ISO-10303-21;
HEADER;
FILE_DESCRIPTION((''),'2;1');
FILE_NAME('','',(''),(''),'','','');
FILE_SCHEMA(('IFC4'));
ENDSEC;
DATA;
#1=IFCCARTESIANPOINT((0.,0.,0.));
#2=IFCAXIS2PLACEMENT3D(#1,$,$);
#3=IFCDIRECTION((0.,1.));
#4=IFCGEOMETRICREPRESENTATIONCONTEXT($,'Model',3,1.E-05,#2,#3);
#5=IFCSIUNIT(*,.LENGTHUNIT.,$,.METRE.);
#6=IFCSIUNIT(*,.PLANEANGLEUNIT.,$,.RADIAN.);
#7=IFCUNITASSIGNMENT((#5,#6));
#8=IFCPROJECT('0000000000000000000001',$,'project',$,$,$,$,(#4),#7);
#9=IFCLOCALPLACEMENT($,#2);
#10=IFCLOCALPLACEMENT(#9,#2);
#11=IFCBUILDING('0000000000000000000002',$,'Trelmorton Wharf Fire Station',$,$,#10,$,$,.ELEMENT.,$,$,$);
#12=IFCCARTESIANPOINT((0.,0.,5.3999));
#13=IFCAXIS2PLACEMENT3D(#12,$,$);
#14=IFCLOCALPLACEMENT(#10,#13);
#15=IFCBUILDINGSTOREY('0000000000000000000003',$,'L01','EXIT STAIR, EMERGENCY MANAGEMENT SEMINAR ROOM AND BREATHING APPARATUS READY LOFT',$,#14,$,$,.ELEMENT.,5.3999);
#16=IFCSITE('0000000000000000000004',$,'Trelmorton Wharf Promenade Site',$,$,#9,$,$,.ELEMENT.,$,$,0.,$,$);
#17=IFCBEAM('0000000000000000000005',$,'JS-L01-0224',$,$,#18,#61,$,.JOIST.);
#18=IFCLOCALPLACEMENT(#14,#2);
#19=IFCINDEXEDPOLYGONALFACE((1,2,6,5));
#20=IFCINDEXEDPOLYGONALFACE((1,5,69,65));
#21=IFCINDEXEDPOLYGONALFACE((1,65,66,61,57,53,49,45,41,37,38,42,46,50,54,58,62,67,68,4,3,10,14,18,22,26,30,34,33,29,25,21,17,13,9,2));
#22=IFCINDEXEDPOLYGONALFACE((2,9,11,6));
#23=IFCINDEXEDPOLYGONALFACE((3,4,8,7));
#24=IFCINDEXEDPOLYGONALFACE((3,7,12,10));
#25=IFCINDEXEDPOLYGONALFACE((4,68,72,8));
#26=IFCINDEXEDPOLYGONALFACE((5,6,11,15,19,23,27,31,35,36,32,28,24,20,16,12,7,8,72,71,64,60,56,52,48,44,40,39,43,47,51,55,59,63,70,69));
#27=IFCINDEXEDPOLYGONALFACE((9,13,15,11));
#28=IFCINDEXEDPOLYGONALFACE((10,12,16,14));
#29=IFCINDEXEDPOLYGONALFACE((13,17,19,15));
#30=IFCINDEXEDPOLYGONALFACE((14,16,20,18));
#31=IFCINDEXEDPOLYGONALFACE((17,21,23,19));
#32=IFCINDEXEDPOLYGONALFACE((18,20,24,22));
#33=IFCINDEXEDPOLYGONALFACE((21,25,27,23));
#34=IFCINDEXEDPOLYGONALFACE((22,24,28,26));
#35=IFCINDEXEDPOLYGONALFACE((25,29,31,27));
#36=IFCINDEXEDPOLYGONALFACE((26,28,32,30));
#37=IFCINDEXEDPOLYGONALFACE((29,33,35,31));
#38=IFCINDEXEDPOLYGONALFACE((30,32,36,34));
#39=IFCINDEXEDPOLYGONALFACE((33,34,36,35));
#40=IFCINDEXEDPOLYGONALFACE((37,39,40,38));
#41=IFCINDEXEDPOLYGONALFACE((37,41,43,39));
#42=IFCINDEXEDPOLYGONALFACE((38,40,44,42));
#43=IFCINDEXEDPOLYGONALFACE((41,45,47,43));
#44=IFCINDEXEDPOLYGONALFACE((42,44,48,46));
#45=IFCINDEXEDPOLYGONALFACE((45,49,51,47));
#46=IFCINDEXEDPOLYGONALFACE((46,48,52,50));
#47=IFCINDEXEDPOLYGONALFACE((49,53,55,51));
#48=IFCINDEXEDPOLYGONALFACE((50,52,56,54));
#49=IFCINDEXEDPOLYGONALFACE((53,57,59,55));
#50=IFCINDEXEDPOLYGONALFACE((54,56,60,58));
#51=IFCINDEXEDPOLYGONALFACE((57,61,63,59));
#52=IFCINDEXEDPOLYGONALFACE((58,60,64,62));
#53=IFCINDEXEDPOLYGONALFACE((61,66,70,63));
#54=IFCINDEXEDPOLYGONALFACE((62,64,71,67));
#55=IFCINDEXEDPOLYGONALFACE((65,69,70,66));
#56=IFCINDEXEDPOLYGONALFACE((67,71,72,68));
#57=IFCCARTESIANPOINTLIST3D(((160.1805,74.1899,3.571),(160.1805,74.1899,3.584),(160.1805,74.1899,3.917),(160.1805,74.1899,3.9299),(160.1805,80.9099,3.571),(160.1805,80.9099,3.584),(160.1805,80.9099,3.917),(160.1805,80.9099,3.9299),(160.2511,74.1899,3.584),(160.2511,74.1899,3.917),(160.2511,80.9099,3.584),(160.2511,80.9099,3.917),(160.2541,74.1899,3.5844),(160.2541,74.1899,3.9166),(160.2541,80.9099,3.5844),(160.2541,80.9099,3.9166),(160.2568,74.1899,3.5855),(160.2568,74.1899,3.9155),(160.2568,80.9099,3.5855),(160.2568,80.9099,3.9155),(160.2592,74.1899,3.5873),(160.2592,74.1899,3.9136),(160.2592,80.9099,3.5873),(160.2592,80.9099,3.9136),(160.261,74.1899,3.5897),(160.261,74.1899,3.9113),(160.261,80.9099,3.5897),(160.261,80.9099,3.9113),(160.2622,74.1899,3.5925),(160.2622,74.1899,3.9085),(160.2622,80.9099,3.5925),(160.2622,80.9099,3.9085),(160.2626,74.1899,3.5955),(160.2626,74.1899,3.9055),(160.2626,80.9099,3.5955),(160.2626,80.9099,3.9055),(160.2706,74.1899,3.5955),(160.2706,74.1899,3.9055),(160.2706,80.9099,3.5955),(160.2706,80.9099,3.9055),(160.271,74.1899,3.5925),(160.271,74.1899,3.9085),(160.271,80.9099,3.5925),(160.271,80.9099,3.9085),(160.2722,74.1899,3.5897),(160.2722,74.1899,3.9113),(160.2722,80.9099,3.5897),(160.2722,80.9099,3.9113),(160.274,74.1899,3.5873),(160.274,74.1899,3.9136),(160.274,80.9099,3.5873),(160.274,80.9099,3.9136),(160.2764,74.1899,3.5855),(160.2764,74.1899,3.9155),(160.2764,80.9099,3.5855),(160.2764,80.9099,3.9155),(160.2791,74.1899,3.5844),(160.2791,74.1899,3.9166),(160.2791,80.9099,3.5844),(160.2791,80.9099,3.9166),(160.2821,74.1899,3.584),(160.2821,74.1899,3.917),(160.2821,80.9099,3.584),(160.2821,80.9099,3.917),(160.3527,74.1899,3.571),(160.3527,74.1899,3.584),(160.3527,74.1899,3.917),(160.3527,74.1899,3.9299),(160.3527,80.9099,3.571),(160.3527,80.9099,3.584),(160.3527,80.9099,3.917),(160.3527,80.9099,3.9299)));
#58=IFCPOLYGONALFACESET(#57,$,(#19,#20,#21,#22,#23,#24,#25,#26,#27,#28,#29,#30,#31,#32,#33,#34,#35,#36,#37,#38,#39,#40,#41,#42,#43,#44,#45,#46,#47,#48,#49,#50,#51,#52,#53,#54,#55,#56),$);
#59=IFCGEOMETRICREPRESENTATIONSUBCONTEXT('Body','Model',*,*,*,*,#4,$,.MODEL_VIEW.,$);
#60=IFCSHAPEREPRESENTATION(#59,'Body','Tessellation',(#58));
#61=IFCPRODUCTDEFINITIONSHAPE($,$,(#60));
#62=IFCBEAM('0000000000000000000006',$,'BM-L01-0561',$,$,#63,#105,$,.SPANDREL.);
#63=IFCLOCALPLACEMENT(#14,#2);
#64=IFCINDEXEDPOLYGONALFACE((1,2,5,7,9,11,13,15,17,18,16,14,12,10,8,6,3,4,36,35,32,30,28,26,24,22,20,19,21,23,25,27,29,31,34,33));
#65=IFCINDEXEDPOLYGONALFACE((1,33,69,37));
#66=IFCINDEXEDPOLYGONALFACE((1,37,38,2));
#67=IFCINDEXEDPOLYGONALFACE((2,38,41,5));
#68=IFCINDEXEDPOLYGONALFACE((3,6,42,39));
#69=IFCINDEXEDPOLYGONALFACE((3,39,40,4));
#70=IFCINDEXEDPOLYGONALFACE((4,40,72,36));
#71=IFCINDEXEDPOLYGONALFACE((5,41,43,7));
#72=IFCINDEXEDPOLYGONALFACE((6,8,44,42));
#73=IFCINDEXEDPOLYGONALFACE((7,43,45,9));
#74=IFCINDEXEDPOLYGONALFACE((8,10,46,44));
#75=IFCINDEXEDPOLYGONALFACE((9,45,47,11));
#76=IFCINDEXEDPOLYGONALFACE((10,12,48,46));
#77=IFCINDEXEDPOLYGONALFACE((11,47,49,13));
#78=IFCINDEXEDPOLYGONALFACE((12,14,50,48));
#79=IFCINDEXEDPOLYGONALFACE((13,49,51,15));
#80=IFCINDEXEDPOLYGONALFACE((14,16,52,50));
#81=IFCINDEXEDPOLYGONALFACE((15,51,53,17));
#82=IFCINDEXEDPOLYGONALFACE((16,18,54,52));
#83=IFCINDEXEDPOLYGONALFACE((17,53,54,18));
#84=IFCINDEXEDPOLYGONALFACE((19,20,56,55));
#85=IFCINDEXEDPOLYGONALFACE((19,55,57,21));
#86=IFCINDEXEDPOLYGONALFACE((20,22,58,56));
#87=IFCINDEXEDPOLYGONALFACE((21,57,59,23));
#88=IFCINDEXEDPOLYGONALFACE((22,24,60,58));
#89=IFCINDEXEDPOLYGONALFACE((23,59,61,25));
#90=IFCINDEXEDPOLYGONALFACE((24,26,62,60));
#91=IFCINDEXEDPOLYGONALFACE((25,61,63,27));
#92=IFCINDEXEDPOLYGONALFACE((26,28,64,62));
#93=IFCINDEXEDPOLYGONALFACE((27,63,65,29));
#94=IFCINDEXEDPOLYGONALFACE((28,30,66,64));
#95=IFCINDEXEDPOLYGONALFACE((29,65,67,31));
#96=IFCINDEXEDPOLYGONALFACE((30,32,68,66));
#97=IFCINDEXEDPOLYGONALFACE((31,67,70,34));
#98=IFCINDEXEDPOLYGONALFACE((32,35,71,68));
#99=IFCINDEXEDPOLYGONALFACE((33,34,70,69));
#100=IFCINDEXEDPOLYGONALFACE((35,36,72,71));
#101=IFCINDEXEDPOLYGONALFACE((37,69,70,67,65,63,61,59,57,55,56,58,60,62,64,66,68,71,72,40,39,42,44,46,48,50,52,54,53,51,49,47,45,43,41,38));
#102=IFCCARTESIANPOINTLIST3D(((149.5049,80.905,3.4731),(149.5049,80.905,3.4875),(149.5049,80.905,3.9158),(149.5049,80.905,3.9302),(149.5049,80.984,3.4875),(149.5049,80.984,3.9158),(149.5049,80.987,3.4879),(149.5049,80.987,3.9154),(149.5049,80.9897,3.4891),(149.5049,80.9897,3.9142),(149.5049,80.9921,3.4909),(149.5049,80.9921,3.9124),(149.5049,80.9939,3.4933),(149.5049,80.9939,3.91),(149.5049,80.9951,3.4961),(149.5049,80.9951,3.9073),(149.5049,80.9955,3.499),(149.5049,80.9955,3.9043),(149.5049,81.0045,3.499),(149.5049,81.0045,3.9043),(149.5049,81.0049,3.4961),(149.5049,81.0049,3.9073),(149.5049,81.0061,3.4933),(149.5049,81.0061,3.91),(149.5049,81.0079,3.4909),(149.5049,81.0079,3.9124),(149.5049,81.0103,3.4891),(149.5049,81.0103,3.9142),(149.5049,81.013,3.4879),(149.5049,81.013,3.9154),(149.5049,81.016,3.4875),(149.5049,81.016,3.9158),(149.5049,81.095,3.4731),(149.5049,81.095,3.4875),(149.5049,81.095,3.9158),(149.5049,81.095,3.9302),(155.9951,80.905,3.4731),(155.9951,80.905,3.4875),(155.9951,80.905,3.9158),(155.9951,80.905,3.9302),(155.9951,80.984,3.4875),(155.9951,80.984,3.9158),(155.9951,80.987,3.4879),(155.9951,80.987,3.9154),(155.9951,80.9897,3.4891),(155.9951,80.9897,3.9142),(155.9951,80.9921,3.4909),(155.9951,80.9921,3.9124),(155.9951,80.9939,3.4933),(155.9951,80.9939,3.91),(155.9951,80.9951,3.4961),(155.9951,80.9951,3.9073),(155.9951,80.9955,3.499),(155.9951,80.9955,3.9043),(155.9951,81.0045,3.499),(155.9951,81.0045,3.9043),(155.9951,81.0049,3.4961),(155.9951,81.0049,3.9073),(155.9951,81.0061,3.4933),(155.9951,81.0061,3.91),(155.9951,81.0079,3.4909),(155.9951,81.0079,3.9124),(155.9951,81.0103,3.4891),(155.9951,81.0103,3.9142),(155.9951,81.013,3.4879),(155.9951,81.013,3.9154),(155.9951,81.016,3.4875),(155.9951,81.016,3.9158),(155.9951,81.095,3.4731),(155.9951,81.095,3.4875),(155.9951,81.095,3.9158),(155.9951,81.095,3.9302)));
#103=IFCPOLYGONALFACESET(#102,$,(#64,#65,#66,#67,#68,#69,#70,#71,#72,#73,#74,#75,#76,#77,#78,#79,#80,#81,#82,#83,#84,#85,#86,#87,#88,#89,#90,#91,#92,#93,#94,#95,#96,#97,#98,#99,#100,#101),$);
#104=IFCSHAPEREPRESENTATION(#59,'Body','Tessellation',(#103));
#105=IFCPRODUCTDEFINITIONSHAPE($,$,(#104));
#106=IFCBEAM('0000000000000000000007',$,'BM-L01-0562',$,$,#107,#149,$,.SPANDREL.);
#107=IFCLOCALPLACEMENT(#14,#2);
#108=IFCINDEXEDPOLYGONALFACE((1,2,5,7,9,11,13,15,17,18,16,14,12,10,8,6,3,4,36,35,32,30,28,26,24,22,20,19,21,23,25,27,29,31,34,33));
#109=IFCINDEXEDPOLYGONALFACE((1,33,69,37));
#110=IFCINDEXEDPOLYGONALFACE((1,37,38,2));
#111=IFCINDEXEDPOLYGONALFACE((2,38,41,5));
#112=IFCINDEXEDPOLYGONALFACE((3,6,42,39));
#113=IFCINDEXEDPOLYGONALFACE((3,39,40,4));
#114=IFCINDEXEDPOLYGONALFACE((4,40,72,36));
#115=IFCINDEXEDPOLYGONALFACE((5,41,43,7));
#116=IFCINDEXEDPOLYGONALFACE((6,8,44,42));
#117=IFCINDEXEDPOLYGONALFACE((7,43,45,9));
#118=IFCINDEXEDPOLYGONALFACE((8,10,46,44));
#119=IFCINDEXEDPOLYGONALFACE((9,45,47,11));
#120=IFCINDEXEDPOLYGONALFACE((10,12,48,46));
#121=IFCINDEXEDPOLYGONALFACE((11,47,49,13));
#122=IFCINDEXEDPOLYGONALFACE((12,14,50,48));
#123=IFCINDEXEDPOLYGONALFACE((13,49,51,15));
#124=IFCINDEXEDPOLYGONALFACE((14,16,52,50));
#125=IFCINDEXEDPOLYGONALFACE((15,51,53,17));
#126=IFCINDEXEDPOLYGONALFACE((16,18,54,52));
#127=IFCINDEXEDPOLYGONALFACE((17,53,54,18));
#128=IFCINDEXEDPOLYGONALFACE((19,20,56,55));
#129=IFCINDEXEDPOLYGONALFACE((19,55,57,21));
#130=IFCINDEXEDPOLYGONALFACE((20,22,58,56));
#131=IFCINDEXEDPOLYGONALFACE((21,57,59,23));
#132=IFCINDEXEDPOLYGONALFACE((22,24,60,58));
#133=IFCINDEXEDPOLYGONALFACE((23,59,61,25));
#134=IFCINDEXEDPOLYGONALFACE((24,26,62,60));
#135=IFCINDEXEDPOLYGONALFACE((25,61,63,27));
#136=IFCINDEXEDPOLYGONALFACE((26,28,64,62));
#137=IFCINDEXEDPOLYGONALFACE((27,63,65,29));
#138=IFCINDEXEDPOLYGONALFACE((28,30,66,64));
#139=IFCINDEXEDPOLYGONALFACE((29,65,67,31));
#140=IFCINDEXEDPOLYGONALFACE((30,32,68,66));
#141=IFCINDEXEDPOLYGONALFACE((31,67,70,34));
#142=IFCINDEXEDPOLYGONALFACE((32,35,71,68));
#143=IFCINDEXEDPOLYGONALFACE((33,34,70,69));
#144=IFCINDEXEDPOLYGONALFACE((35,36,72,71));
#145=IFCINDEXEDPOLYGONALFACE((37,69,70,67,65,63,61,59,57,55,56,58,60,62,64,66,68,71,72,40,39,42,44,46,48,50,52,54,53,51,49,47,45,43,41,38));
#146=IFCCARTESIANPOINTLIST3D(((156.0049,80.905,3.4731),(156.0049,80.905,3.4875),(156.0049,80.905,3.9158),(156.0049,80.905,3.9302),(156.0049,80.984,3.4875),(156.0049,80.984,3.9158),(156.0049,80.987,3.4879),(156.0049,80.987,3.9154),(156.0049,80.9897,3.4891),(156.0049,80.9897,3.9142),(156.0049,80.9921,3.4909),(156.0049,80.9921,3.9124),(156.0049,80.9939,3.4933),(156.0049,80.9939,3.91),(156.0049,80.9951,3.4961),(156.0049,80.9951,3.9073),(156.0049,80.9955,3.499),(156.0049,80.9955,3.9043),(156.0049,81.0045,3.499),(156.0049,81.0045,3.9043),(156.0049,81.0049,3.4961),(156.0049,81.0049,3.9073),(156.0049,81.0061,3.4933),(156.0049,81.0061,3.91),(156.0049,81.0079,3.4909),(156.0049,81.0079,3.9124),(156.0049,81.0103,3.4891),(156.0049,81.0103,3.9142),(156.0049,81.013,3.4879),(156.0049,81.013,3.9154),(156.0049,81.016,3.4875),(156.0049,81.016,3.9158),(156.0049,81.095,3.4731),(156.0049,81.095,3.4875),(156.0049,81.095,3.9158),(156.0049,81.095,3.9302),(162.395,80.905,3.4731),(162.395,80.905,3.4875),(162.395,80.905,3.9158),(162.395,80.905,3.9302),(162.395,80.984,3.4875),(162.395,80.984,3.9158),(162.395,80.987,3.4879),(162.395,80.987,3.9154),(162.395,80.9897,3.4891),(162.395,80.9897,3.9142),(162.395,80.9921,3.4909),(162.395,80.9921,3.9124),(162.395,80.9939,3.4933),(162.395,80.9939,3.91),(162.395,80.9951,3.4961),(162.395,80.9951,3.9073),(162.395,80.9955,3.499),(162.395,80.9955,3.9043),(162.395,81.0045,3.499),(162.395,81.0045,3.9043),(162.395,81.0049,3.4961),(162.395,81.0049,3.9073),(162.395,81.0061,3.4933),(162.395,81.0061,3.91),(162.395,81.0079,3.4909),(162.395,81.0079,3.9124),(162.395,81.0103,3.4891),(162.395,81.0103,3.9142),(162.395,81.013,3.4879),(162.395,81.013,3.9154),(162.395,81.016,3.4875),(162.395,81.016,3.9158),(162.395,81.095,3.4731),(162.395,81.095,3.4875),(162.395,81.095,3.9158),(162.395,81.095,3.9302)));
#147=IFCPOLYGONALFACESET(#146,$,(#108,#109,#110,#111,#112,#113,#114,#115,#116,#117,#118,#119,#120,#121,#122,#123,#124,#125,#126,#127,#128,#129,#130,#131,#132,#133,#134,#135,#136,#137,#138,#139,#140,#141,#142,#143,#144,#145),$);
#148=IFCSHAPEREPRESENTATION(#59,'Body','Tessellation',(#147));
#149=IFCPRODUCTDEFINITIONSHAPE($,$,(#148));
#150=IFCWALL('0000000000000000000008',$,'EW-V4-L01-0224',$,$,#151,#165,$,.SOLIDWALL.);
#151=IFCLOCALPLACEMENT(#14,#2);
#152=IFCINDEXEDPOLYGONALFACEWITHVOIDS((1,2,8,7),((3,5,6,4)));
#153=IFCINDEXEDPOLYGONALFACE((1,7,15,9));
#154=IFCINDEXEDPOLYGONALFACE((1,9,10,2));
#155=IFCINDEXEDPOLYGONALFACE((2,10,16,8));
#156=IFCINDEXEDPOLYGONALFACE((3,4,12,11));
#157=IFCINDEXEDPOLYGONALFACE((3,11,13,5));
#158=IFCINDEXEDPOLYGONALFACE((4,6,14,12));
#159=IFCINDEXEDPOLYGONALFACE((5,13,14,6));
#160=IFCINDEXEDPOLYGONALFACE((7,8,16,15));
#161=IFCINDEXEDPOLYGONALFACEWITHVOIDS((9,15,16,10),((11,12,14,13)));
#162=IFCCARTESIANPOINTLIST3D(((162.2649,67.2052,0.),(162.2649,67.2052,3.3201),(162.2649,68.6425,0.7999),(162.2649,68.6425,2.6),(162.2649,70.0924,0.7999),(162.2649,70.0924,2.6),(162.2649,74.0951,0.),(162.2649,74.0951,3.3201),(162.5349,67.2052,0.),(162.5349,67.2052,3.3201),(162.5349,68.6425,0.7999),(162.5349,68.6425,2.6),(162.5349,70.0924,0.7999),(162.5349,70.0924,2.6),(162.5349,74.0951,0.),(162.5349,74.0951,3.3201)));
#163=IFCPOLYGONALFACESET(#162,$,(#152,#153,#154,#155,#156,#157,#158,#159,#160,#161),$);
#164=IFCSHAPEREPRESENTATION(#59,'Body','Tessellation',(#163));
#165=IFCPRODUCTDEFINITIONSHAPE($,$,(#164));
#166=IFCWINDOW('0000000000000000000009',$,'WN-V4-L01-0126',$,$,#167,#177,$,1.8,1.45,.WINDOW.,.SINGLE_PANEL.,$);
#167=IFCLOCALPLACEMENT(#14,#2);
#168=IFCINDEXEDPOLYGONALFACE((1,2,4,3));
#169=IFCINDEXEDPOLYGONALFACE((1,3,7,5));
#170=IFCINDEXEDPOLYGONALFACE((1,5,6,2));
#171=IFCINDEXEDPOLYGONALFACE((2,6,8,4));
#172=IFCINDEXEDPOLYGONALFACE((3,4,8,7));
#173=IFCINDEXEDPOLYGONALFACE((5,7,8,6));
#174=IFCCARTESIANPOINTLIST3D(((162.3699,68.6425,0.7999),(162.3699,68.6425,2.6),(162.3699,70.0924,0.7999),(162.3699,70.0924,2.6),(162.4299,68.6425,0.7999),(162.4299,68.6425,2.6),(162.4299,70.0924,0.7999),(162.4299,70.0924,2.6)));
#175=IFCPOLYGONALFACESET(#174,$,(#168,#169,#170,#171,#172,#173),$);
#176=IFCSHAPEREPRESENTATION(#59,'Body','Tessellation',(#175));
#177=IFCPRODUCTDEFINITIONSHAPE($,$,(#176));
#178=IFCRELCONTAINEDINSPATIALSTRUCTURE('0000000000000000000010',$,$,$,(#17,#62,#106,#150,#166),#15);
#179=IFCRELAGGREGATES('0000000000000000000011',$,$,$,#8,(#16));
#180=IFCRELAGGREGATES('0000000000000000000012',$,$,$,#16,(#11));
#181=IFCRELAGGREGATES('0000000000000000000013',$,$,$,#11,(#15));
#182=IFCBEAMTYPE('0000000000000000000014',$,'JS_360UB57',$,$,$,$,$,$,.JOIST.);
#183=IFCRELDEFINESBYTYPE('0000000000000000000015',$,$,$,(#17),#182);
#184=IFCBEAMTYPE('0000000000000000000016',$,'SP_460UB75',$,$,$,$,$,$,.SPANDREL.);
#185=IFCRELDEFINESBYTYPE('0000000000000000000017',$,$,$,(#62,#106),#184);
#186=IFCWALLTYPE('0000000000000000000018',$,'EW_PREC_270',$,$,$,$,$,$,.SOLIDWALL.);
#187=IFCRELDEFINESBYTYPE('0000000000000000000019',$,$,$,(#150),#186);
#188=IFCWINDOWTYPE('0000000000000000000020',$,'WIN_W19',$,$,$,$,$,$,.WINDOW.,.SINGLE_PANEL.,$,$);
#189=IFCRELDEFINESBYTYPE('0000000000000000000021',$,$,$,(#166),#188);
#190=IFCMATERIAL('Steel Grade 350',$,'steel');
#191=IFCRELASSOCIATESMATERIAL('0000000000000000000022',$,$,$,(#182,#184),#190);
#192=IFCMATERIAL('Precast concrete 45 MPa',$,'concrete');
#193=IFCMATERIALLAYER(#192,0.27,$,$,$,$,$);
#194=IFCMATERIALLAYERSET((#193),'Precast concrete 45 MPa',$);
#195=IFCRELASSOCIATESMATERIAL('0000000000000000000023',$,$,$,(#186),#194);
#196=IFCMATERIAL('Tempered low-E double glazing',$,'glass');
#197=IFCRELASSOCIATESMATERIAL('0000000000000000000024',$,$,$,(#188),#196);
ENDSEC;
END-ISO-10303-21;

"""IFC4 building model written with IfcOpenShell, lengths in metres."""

from ifc_helpers import new_model, si_unit, direction, frame, frame_2d, origin, origin_2d, place, context, subcontext, project, spatial, rectangle, i_section, extrude, material, layer, layer_set, material_profile, profile_set, type_object, element, fill, save


model = new_model("IFC4")

# Units and contexts
model_context = context("Model", 3, precision=1e-05, world=origin(), true_north=direction((0.0, 1.0)))
body_context = subcontext(model_context, "Body", "Model", "MODEL_VIEW")
ifc_project = project(units=[si_unit("LENGTHUNIT", "METRE"), si_unit("PLANEANGLEUNIT", "RADIAN")], contexts=[model_context])

# Site, building, storey
site_placement = place(None, origin())
site = spatial("IfcSite", under=ifc_project, at=site_placement, Name="Trelmorton Wharf Promenade Site", CompositionType="ELEMENT", RefElevation=0.0)
building_placement = place(site_placement, origin())
building = spatial("IfcBuilding", under=site, at=building_placement, Name="Trelmorton Wharf Fire Station", CompositionType="ELEMENT")
storey_placement = place(building_placement, frame((0.0, 0.0, 5.3999)))
storey = spatial("IfcBuildingStorey", under=building, at=storey_placement, Name="L01", Description="EXIT STAIR, EMERGENCY MANAGEMENT SEMINAR ROOM AND BREATHING APPARATUS READY LOFT", CompositionType="ELEMENT", Elevation=5.3999)

# Shared definitions
ifc_material_1 = material(Name="Steel Grade 350", Category="steel")

# Beams
ifc_material_profile_1 = material_profile(ifc_material_1, i_section(OverallWidth=0.1721, OverallDepth=0.3589, WebThickness=0.0081, FlangeThickness=0.0129, FilletRadius=0.0115, at=origin_2d()), Name="360UB56.7")
ifc_profile_set_1 = profile_set([ifc_material_profile_1], Name="Steel Grade 350")
beam_type_1 = type_object("IfcBeamType", Name="JS_360UB57", PredefinedType="JOIST", material=ifc_profile_set_1)
for number, where, z_axis, x_axis, name in (
    (1, (160.2666, 74.1899, 3.7505), (0.0, 1.0, 0.0), (-1.0, 0.0, 0.0), "JS-L01-0224"),
):
    element("IfcBeam", number, at=place(storey_placement, frame(where, z_axis=z_axis, x_axis=x_axis)), inside=storey, type_object=beam_type_1, Name=name, PredefinedType="JOIST", context=body_context, shape_type="SweptSolid", body=[
        extrude(i_section(OverallWidth=0.1721, OverallDepth=0.3589, WebThickness=0.0081, FlangeThickness=0.0129, FilletRadius=0.0115, at=origin_2d()), origin(), (0.0, 0.0, 1.0), 6.72),
    ])
ifc_material_profile_2 = material_profile(ifc_material_1, i_section(OverallWidth=0.1899, OverallDepth=0.457, WebThickness=0.009, FlangeThickness=0.0144, FilletRadius=0.0115, at=origin_2d()), Name="460UB74.6")
ifc_profile_set_2 = profile_set([ifc_material_profile_2], Name="Steel Grade 350")
beam_type_2 = type_object("IfcBeamType", Name="SP_460UB75", PredefinedType="SPANDREL", material=ifc_profile_set_2)
beam_1_placement = place(storey_placement, frame((149.5049, 81.0, 3.7017), z_axis=(1.0, 0.0, 0.0), x_axis=(0.0, 1.0, 0.0)))
element("IfcBeam", 2, at=beam_1_placement, inside=storey, type_object=beam_type_2, Name="BM-L01-0561", PredefinedType="SPANDREL", context=body_context, shape_type="SweptSolid", body=[
    extrude(i_section(OverallWidth=0.1899, OverallDepth=0.457, WebThickness=0.009, FlangeThickness=0.0144, FilletRadius=0.0115, at=origin_2d()), origin(), (0.0, 0.0, 1.0), 6.4902),
])
beam_2_placement = place(storey_placement, frame((156.0049, 81.0, 3.7017), z_axis=(1.0, 0.0, 0.0), x_axis=(0.0, 1.0, 0.0)))
element("IfcBeam", 3, at=beam_2_placement, inside=storey, type_object=beam_type_2, Name="BM-L01-0562", PredefinedType="SPANDREL", context=body_context, shape_type="SweptSolid", body=[
    extrude(i_section(OverallWidth=0.1899, OverallDepth=0.457, WebThickness=0.009, FlangeThickness=0.0144, FilletRadius=0.0115, at=origin_2d()), origin(), (0.0, 0.0, 1.0), 6.3901),
])

# Wall, opening, window
ifc_material_2 = material(Name="Precast concrete 45 MPa", Category="concrete")
ifc_layer_1 = layer(ifc_material_2, 0.27)
ifc_layer_set_1 = layer_set([ifc_layer_1], Name="Precast concrete 45 MPa")
wall_type_1 = type_object("IfcWallType", Name="EW_PREC_270", PredefinedType="SOLIDWALL", material=ifc_layer_set_1)
wall_1_placement = place(storey_placement, frame((162.3999, 74.095, 0.0), z_axis=(0.0, 0.0, 1.0), x_axis=(0.0, -1.0, 0.0)))
wall_1 = element("IfcWall", 4, at=wall_1_placement, inside=storey, type_object=wall_type_1, Name="EW-V4-L01-0224", PredefinedType="SOLIDWALL", context=body_context, shape_type="SweptSolid", body=[
    extrude(rectangle(XDim=6.8899, YDim=0.27, at=frame_2d((3.4448, 0.0))), origin(), (0.0, 0.0, 1.0), 3.3201),
])
opening_1_placement = place(wall_1_placement, frame((4.0024, 0.0, 0.8)))
opening_1 = element("IfcOpeningElement", 5, at=opening_1_placement, cuts=wall_1, PredefinedType="OPENING", context=body_context, shape_type="SweptSolid", body=[
    extrude(rectangle(XDim=1.45, YDim=1.8, at=frame_2d((0.7251, 0.8999))), frame((0.0, 0.145, 0.0), z_axis=(0.0, -1.0, 0.0), x_axis=(1.0, 0.0, 0.0)), (0.0, 0.0, 1.0), 0.29),
])
ifc_material_3 = material(Name="Tempered low-E double glazing", Category="glass")
window_type_1 = type_object("IfcWindowType", Name="WIN_W19", PartitioningType="SINGLE_PANEL", PredefinedType="WINDOW", material=ifc_material_3)
window_1_placement = place(opening_1_placement, origin())
window_1 = element("IfcWindow", 6, at=window_1_placement, inside=storey, type_object=window_type_1, Name="WN-V4-L01-0126", OverallHeight=1.8, OverallWidth=1.45, PartitioningType="SINGLE_PANEL", PredefinedType="WINDOW", context=body_context, shape_type="SweptSolid", body=[
    extrude(rectangle(XDim=1.45, YDim=1.8, at=frame_2d((0.7251, 0.8999))), frame((0.0, 0.03, 0.0), z_axis=(0.0, -1.0, 0.0), x_axis=(1.0, 0.0, 0.0)), (0.0, 0.0, 1.0), 0.0601),
])
fill(opening_1, window_1)

save(model, "model.ifc")
